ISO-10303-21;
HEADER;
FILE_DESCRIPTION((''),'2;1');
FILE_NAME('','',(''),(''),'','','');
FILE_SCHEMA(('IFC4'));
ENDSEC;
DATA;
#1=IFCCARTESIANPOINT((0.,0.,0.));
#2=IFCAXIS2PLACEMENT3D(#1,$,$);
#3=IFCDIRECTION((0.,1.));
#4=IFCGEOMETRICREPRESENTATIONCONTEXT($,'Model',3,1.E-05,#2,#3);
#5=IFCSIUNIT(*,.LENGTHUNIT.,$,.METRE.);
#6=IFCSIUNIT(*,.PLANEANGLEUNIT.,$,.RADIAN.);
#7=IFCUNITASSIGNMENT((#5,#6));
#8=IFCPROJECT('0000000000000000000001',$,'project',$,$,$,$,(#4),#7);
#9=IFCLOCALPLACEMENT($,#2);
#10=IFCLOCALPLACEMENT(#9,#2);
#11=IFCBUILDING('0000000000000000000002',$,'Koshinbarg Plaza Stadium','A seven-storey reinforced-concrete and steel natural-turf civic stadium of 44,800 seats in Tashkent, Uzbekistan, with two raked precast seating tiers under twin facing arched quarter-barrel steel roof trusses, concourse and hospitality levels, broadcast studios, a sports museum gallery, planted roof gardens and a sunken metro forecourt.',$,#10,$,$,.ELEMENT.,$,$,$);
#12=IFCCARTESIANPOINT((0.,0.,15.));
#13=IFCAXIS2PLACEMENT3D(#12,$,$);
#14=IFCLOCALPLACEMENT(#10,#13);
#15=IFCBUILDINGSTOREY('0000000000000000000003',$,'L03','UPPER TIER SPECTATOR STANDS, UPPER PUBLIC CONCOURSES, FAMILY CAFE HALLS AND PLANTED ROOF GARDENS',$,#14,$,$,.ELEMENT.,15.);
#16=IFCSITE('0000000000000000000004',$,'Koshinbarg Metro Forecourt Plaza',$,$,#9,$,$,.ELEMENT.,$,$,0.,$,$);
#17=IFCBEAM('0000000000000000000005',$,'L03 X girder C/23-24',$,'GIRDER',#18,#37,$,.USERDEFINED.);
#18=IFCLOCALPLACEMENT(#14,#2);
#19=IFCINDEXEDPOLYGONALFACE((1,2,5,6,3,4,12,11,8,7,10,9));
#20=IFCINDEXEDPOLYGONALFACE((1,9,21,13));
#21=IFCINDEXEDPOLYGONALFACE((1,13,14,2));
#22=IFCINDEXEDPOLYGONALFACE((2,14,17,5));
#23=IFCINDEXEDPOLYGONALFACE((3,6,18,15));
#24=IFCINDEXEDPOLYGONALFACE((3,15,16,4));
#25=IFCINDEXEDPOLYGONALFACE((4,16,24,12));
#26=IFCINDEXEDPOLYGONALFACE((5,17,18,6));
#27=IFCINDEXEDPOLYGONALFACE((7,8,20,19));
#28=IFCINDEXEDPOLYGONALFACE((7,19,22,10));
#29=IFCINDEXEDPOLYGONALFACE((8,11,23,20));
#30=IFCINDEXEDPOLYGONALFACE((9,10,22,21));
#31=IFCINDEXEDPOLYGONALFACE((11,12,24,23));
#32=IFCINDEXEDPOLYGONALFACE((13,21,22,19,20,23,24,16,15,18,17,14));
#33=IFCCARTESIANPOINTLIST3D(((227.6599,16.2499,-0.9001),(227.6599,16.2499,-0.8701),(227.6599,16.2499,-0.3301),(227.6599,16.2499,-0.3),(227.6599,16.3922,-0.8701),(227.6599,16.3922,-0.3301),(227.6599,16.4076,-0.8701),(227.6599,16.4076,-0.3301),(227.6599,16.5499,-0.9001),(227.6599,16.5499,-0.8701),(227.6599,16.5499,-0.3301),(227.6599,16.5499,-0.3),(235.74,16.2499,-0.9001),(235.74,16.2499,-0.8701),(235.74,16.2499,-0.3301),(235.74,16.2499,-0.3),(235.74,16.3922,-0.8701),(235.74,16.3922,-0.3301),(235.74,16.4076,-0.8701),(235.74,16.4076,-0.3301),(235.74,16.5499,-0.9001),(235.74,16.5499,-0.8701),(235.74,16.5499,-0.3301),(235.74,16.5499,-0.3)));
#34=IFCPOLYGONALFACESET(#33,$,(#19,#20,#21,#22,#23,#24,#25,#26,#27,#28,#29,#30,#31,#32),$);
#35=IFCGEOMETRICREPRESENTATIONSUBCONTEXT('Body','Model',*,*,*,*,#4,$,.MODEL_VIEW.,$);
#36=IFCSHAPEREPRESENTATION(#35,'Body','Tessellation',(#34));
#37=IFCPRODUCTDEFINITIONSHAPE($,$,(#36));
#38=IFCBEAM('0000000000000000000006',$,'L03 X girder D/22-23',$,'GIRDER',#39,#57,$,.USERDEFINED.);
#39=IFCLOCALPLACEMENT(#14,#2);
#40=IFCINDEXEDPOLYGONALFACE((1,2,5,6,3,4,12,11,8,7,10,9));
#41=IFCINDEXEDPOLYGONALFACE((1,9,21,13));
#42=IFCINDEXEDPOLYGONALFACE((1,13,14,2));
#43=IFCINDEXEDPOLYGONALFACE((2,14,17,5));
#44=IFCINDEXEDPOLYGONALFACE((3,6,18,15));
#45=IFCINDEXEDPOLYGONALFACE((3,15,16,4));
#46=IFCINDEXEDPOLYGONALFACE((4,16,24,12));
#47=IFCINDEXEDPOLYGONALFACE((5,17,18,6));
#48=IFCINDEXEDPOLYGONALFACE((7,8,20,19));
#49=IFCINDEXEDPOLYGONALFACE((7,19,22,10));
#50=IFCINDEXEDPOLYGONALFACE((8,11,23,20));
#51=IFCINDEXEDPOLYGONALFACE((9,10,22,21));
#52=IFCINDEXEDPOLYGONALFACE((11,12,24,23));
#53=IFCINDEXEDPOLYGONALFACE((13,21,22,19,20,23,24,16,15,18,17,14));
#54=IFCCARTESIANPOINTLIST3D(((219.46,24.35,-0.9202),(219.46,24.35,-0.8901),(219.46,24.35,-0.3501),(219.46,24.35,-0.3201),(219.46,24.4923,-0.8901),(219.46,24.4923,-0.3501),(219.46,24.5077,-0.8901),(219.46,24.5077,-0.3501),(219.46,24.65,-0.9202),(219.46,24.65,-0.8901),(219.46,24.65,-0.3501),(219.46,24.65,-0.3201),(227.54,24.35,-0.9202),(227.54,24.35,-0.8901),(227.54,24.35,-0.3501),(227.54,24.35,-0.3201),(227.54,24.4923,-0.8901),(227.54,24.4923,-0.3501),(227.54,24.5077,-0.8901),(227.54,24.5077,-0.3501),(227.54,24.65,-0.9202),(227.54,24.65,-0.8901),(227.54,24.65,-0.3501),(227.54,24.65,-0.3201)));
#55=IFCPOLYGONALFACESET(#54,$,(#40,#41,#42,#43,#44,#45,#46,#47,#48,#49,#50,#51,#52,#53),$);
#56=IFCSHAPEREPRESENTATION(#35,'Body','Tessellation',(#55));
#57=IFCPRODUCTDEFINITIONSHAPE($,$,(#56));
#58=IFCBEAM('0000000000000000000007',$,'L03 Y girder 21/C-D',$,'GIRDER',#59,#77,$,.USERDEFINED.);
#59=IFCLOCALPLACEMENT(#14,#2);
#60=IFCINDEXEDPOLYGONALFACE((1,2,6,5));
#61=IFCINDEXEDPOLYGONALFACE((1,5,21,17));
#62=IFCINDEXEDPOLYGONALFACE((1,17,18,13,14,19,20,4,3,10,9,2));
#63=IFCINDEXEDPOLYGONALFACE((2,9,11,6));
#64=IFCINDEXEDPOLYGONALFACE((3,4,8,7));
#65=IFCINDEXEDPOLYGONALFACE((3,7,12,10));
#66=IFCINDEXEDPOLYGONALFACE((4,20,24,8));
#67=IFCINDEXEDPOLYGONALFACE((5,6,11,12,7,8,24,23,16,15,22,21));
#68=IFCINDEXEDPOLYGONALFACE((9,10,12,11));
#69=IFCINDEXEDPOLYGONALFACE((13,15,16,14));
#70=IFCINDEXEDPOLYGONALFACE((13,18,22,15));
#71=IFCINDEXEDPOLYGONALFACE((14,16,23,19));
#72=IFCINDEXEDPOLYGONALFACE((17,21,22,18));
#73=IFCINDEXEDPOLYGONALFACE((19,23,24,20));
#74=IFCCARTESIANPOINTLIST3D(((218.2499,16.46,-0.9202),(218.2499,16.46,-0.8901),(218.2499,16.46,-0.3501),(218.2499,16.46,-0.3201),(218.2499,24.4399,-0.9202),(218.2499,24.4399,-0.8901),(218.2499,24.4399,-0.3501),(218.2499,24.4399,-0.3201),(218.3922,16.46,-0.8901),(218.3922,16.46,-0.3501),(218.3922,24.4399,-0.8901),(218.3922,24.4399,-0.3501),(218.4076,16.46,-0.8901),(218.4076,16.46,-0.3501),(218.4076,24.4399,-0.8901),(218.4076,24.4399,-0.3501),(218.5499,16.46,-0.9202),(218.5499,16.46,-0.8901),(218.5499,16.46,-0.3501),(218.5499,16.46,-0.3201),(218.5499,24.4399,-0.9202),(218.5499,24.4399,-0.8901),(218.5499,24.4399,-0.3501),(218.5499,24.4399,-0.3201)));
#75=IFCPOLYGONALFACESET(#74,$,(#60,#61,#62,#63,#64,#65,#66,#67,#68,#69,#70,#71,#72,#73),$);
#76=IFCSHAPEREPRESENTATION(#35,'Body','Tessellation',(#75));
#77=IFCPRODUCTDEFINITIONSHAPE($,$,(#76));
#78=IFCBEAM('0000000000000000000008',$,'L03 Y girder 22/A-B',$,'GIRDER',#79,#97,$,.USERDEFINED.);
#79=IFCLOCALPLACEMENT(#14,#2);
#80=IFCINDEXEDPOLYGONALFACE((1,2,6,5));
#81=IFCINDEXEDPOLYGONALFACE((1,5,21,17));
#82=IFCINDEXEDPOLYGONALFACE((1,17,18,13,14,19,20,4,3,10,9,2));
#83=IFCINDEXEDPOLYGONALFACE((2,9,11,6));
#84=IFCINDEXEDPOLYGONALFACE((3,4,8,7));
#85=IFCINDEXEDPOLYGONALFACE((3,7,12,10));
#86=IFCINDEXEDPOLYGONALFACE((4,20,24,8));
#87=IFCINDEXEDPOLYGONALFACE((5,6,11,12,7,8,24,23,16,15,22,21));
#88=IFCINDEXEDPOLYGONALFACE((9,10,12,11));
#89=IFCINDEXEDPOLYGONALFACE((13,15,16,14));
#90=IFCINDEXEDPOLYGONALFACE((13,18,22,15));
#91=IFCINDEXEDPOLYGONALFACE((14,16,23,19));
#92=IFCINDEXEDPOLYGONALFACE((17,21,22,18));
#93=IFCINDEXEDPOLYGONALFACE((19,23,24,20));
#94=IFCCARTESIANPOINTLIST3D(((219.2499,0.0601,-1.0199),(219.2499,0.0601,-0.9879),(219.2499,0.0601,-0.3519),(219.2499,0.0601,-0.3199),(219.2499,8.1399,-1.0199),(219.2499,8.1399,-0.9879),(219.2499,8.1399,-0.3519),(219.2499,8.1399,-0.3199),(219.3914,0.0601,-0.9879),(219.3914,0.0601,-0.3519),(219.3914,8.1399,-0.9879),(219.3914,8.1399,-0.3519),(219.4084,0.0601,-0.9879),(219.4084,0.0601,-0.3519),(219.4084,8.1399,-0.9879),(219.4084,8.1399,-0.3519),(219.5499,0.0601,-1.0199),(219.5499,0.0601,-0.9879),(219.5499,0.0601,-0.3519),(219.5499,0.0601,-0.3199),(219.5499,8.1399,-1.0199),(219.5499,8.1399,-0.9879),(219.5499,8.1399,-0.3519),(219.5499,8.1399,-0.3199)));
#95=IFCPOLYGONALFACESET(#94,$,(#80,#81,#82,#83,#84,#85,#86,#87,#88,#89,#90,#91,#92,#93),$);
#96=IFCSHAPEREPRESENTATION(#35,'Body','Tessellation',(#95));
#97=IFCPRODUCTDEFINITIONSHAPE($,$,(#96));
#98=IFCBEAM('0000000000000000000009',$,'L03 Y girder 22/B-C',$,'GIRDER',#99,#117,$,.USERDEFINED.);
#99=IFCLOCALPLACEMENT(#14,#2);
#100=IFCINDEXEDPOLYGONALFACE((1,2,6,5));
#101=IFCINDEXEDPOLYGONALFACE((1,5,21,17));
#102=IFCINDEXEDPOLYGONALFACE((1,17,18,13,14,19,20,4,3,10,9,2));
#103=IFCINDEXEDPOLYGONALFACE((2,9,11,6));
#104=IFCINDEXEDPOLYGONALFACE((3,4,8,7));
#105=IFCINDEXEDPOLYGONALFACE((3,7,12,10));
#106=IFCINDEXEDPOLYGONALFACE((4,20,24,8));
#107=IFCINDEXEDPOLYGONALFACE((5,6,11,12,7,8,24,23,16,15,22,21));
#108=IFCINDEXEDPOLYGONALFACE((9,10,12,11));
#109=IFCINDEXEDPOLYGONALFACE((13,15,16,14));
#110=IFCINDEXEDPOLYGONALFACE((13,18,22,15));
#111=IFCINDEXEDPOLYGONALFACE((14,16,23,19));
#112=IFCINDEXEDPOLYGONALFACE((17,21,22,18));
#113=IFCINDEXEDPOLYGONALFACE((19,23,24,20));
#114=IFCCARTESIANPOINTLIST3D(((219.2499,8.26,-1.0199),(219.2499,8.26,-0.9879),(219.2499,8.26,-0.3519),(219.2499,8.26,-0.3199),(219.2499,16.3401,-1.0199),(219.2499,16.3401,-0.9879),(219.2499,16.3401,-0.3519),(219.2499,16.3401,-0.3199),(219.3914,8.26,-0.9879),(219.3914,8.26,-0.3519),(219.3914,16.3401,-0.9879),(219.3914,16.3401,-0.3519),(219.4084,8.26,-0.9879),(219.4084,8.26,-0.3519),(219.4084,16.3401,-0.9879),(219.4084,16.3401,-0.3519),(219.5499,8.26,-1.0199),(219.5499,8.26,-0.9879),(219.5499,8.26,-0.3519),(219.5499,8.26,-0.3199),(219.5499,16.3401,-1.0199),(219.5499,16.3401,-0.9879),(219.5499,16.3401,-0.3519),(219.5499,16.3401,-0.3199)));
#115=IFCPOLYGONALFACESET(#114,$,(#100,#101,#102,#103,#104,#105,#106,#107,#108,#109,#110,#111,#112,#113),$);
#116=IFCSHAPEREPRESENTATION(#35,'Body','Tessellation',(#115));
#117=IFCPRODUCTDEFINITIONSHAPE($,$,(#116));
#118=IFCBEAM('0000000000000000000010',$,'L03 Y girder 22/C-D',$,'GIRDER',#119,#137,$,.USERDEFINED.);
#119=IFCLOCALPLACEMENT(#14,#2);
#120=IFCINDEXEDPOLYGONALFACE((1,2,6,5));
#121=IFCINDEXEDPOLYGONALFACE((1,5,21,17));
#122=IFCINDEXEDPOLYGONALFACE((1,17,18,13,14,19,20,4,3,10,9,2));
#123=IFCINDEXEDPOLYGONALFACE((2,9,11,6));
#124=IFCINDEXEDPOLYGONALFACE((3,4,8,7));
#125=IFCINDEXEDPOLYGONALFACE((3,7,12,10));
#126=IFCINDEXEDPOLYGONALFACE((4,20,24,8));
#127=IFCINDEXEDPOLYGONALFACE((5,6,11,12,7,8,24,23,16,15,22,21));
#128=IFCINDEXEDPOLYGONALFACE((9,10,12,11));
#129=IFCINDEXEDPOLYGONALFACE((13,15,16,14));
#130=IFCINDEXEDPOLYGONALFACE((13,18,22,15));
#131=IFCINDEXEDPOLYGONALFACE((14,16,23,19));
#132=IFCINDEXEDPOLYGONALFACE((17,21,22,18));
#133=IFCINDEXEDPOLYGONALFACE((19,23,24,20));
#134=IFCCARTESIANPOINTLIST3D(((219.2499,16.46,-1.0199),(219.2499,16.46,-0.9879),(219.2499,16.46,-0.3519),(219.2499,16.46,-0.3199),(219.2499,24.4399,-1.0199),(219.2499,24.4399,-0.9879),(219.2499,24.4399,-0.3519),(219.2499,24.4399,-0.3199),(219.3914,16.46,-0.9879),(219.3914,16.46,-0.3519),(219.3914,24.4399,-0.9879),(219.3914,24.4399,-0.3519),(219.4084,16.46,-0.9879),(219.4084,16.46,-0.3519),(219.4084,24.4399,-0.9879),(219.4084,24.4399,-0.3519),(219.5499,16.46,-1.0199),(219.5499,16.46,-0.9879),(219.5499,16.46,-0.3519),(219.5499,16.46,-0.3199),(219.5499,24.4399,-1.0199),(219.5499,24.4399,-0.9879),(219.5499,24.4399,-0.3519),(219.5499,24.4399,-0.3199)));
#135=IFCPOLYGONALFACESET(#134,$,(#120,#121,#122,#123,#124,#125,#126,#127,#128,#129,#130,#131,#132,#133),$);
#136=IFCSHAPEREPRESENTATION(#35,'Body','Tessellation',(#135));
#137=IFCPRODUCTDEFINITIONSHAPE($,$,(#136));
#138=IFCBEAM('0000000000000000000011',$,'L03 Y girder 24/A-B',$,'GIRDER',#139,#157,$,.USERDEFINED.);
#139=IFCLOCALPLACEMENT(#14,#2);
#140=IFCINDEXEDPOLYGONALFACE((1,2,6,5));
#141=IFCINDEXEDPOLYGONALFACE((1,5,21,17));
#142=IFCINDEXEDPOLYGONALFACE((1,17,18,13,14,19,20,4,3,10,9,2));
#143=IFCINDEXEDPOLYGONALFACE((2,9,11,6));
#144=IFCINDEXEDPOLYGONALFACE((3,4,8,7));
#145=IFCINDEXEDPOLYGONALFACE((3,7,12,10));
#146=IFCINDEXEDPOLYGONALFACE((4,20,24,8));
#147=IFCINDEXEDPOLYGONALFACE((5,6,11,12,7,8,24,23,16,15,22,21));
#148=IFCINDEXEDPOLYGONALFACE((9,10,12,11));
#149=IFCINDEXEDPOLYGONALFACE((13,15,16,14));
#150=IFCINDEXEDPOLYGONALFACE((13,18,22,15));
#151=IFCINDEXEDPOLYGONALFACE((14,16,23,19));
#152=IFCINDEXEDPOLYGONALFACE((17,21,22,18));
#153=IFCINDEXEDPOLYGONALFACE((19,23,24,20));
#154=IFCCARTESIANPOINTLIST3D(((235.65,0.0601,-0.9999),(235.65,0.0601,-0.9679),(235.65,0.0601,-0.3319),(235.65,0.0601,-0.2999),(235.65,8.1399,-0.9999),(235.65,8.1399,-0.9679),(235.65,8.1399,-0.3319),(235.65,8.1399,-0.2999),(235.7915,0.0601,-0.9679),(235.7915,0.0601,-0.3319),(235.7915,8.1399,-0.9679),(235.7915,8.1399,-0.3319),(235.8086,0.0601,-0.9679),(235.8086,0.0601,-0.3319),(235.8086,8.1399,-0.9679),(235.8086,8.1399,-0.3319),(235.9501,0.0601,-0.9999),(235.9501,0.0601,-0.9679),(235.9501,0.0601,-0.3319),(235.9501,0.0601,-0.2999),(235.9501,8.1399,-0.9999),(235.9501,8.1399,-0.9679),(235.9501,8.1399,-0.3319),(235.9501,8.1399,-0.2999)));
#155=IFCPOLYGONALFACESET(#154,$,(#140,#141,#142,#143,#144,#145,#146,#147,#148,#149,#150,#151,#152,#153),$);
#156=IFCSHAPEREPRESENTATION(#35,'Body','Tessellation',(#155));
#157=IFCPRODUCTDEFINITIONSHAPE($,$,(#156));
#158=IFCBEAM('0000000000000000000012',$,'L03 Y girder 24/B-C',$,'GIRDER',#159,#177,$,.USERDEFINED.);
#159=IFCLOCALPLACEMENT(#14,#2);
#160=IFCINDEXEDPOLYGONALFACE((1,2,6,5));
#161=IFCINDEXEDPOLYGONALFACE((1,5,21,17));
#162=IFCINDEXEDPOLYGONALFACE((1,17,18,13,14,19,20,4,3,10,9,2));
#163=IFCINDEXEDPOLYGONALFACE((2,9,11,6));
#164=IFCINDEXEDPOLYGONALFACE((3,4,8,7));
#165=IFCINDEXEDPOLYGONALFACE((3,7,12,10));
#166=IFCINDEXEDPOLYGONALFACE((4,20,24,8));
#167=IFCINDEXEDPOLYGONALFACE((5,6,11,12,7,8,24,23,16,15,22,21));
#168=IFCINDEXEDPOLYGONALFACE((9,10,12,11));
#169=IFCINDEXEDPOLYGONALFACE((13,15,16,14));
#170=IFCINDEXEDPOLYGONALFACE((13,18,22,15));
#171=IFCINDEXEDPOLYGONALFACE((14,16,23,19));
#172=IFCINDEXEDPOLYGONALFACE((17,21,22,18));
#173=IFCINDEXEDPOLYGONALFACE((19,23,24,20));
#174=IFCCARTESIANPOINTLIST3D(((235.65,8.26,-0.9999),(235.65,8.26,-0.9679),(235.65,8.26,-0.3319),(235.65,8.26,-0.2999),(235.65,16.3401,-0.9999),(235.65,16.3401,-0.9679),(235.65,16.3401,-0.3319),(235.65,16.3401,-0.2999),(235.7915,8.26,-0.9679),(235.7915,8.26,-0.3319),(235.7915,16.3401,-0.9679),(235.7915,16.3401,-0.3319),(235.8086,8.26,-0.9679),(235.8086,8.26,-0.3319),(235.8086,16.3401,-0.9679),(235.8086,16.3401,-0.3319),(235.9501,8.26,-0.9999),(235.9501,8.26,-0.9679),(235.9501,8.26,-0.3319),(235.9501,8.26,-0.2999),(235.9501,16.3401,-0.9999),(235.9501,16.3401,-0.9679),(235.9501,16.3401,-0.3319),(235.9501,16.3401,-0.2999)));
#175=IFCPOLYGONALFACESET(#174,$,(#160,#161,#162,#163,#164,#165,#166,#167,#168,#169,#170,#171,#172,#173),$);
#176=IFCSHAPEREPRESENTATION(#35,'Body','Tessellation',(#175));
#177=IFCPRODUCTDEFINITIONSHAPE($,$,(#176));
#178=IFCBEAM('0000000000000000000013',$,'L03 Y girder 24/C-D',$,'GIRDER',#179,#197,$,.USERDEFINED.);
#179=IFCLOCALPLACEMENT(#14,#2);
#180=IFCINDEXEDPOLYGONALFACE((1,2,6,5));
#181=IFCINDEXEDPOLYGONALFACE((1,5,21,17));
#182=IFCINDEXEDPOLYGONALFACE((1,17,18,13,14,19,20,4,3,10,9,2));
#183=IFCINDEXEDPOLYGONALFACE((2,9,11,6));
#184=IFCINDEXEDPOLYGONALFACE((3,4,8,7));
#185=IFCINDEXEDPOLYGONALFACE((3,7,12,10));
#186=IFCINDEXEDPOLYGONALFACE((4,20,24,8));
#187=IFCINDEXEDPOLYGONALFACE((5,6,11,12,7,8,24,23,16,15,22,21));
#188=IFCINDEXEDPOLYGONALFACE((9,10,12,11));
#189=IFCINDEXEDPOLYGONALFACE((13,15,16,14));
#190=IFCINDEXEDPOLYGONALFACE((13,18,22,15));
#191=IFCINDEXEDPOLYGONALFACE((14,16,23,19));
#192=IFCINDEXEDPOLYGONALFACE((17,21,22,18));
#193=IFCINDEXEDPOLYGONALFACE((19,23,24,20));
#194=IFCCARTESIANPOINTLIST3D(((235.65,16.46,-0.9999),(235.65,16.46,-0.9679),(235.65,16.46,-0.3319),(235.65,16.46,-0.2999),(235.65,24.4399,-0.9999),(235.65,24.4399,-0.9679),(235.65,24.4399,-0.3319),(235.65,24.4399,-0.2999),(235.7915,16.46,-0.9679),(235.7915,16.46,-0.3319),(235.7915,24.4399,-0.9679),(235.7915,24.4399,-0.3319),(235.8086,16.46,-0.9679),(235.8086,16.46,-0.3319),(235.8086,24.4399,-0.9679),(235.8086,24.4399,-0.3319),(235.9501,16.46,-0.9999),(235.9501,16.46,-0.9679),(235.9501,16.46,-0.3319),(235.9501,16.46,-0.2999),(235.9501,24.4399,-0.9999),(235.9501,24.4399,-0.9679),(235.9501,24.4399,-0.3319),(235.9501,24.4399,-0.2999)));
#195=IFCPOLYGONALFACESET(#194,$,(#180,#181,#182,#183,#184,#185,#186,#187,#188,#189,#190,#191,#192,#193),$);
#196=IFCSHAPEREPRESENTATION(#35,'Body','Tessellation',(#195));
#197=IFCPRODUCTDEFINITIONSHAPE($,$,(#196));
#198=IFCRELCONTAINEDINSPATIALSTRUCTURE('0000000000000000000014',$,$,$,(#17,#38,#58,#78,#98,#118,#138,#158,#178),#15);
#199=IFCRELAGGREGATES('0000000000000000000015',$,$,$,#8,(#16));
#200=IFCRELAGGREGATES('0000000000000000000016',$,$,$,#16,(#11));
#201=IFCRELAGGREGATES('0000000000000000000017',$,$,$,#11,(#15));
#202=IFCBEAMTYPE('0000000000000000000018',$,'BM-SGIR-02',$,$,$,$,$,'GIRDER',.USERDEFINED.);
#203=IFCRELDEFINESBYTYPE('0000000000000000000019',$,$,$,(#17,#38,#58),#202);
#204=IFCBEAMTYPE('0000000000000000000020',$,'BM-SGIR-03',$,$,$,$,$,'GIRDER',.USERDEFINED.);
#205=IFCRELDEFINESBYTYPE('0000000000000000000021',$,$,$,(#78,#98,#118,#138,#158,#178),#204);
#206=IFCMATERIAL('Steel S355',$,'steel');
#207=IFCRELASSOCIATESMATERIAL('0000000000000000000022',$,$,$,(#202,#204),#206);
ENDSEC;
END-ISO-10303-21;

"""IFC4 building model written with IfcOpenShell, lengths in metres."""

from ifc_helpers import new_model, si_unit, direction, frame, origin, origin_2d, place, context, subcontext, project, spatial, i_section, extrude, material, material_profile, profile_set, type_object, element, save


model = new_model("IFC4")

# Units and contexts
model_context = context("Model", 3, precision=1e-05, world=origin(), true_north=direction((0.0, 1.0)))
body_context = subcontext(model_context, "Body", "Model", "MODEL_VIEW")
ifc_project = project(units=[si_unit("LENGTHUNIT", "METRE"), si_unit("PLANEANGLEUNIT", "RADIAN")], contexts=[model_context])

# Site, building, storey
site_placement = place(None, origin())
site = spatial("IfcSite", under=ifc_project, at=site_placement, Name="Koshinbarg Metro Forecourt Plaza", CompositionType="ELEMENT", RefElevation=0.0)
building_placement = place(site_placement, origin())
building = spatial("IfcBuilding", under=site, at=building_placement, Name="Koshinbarg Plaza Stadium", Description="A seven-storey reinforced-concrete and steel natural-turf civic stadium of 44,800 seats in Tashkent, Uzbekistan, with two raked precast seating tiers under twin facing arched quarter-barrel steel roof trusses, concourse and hospitality levels, broadcast studios, a sports museum gallery, planted roof gardens and a sunken metro forecourt.", CompositionType="ELEMENT")
storey_placement = place(building_placement, frame((0.0, 0.0, 15.0)))
storey = spatial("IfcBuildingStorey", under=building, at=storey_placement, Name="L03", Description="UPPER TIER SPECTATOR STANDS, UPPER PUBLIC CONCOURSES, FAMILY CAFE HALLS AND PLANTED ROOF GARDENS", CompositionType="ELEMENT", Elevation=15.0)

# Beams
ifc_material_1 = material(Name="Steel S355", Category="steel")
ifc_material_profile_1 = material_profile(ifc_material_1, i_section(OverallWidth=0.3, OverallDepth=0.6001, WebThickness=0.0154, FlangeThickness=0.03, at=origin_2d()), Name="HEB 600")
ifc_profile_set_1 = profile_set([ifc_material_profile_1], Name="Steel S355")
beam_type_1 = type_object("IfcBeamType", Name="BM-SGIR-02", ElementType="GIRDER", PredefinedType="USERDEFINED", material=ifc_profile_set_1)
for number, where, z_axis, x_axis, name in (
    (1, (227.6599, 16.3999, -0.6001), (1.0, 0.0, 0.0), (0.0, 1.0, 0.0), "L03 X girder C/23-24"),
    (2, (219.46, 24.5, -0.6201), (1.0, 0.0, 0.0), (0.0, 1.0, 0.0), "L03 X girder D/22-23"),
):
    element("IfcBeam", number, at=place(storey_placement, frame(where, z_axis=z_axis, x_axis=x_axis)), inside=storey, type_object=beam_type_1, Name=name, ObjectType="GIRDER", PredefinedType="USERDEFINED", context=body_context, shape_type="SweptSolid", body=[
        extrude(i_section(OverallWidth=0.3, OverallDepth=0.6001, WebThickness=0.0154, FlangeThickness=0.03, at=origin_2d()), origin(), (0.0, 0.0, 1.0), 8.0801),
    ])
beam_1_placement = place(storey_placement, frame((218.3999, 16.46, -0.6201), z_axis=(0.0, 1.0, 0.0), x_axis=(-1.0, 0.0, 0.0)))
element("IfcBeam", 3, at=beam_1_placement, inside=storey, type_object=beam_type_1, Name="L03 Y girder 21/C-D", ObjectType="GIRDER", PredefinedType="USERDEFINED", context=body_context, shape_type="SweptSolid", body=[
    extrude(i_section(OverallWidth=0.3, OverallDepth=0.6001, WebThickness=0.0154, FlangeThickness=0.03, at=origin_2d()), origin(), (0.0, 0.0, 1.0), 7.98),
])
ifc_material_profile_2 = material_profile(ifc_material_1, i_section(OverallWidth=0.3, OverallDepth=0.7, WebThickness=0.0171, FlangeThickness=0.032, at=origin_2d()), Name="HEB 700")
ifc_profile_set_2 = profile_set([ifc_material_profile_2], Name="Steel S355")
beam_type_2 = type_object("IfcBeamType", Name="BM-SGIR-03", ElementType="GIRDER", PredefinedType="USERDEFINED", material=ifc_profile_set_2)
beam_2_placement = place(storey_placement, frame((219.3999, 0.0601, -0.6699), z_axis=(0.0, 1.0, 0.0), x_axis=(-1.0, 0.0, 0.0)))
element("IfcBeam", 4, at=beam_2_placement, inside=storey, type_object=beam_type_2, Name="L03 Y girder 22/A-B", ObjectType="GIRDER", PredefinedType="USERDEFINED", context=body_context, shape_type="SweptSolid", body=[
    extrude(i_section(OverallWidth=0.3, OverallDepth=0.7, WebThickness=0.0171, FlangeThickness=0.032, at=origin_2d()), origin(), (0.0, 0.0, 1.0), 8.0798),
])
beam_3_placement = place(storey_placement, frame((219.3999, 8.26, -0.6699), z_axis=(0.0, 1.0, 0.0), x_axis=(-1.0, 0.0, 0.0)))
element("IfcBeam", 5, at=beam_3_placement, inside=storey, type_object=beam_type_2, Name="L03 Y girder 22/B-C", ObjectType="GIRDER", PredefinedType="USERDEFINED", context=body_context, shape_type="SweptSolid", body=[
    extrude(i_section(OverallWidth=0.3, OverallDepth=0.7, WebThickness=0.0171, FlangeThickness=0.032, at=origin_2d()), origin(), (0.0, 0.0, 1.0), 8.0801),
])
beam_4_placement = place(storey_placement, frame((219.3999, 16.46, -0.6699), z_axis=(0.0, 1.0, 0.0), x_axis=(-1.0, 0.0, 0.0)))
element("IfcBeam", 6, at=beam_4_placement, inside=storey, type_object=beam_type_2, Name="L03 Y girder 22/C-D", ObjectType="GIRDER", PredefinedType="USERDEFINED", context=body_context, shape_type="SweptSolid", body=[
    extrude(i_section(OverallWidth=0.3, OverallDepth=0.7, WebThickness=0.0171, FlangeThickness=0.032, at=origin_2d()), origin(), (0.0, 0.0, 1.0), 7.98),
])
beam_5_placement = place(storey_placement, frame((235.8, 0.0601, -0.6499), z_axis=(0.0, 1.0, 0.0), x_axis=(-1.0, 0.0, 0.0)))
element("IfcBeam", 7, at=beam_5_placement, inside=storey, type_object=beam_type_2, Name="L03 Y girder 24/A-B", ObjectType="GIRDER", PredefinedType="USERDEFINED", context=body_context, shape_type="SweptSolid", body=[
    extrude(i_section(OverallWidth=0.3, OverallDepth=0.7, WebThickness=0.0171, FlangeThickness=0.032, at=origin_2d()), origin(), (0.0, 0.0, 1.0), 8.0798),
])
beam_6_placement = place(storey_placement, frame((235.8, 8.26, -0.6499), z_axis=(0.0, 1.0, 0.0), x_axis=(-1.0, 0.0, 0.0)))
element("IfcBeam", 8, at=beam_6_placement, inside=storey, type_object=beam_type_2, Name="L03 Y girder 24/B-C", ObjectType="GIRDER", PredefinedType="USERDEFINED", context=body_context, shape_type="SweptSolid", body=[
    extrude(i_section(OverallWidth=0.3, OverallDepth=0.7, WebThickness=0.0171, FlangeThickness=0.032, at=origin_2d()), origin(), (0.0, 0.0, 1.0), 8.0801),
])
beam_7_placement = place(storey_placement, frame((235.8, 16.46, -0.6499), z_axis=(0.0, 1.0, 0.0), x_axis=(-1.0, 0.0, 0.0)))
element("IfcBeam", 9, at=beam_7_placement, inside=storey, type_object=beam_type_2, Name="L03 Y girder 24/C-D", ObjectType="GIRDER", PredefinedType="USERDEFINED", context=body_context, shape_type="SweptSolid", body=[
    extrude(i_section(OverallWidth=0.3, OverallDepth=0.7, WebThickness=0.0171, FlangeThickness=0.032, at=origin_2d()), origin(), (0.0, 0.0, 1.0), 7.98),
])

save(model, "model.ifc")
